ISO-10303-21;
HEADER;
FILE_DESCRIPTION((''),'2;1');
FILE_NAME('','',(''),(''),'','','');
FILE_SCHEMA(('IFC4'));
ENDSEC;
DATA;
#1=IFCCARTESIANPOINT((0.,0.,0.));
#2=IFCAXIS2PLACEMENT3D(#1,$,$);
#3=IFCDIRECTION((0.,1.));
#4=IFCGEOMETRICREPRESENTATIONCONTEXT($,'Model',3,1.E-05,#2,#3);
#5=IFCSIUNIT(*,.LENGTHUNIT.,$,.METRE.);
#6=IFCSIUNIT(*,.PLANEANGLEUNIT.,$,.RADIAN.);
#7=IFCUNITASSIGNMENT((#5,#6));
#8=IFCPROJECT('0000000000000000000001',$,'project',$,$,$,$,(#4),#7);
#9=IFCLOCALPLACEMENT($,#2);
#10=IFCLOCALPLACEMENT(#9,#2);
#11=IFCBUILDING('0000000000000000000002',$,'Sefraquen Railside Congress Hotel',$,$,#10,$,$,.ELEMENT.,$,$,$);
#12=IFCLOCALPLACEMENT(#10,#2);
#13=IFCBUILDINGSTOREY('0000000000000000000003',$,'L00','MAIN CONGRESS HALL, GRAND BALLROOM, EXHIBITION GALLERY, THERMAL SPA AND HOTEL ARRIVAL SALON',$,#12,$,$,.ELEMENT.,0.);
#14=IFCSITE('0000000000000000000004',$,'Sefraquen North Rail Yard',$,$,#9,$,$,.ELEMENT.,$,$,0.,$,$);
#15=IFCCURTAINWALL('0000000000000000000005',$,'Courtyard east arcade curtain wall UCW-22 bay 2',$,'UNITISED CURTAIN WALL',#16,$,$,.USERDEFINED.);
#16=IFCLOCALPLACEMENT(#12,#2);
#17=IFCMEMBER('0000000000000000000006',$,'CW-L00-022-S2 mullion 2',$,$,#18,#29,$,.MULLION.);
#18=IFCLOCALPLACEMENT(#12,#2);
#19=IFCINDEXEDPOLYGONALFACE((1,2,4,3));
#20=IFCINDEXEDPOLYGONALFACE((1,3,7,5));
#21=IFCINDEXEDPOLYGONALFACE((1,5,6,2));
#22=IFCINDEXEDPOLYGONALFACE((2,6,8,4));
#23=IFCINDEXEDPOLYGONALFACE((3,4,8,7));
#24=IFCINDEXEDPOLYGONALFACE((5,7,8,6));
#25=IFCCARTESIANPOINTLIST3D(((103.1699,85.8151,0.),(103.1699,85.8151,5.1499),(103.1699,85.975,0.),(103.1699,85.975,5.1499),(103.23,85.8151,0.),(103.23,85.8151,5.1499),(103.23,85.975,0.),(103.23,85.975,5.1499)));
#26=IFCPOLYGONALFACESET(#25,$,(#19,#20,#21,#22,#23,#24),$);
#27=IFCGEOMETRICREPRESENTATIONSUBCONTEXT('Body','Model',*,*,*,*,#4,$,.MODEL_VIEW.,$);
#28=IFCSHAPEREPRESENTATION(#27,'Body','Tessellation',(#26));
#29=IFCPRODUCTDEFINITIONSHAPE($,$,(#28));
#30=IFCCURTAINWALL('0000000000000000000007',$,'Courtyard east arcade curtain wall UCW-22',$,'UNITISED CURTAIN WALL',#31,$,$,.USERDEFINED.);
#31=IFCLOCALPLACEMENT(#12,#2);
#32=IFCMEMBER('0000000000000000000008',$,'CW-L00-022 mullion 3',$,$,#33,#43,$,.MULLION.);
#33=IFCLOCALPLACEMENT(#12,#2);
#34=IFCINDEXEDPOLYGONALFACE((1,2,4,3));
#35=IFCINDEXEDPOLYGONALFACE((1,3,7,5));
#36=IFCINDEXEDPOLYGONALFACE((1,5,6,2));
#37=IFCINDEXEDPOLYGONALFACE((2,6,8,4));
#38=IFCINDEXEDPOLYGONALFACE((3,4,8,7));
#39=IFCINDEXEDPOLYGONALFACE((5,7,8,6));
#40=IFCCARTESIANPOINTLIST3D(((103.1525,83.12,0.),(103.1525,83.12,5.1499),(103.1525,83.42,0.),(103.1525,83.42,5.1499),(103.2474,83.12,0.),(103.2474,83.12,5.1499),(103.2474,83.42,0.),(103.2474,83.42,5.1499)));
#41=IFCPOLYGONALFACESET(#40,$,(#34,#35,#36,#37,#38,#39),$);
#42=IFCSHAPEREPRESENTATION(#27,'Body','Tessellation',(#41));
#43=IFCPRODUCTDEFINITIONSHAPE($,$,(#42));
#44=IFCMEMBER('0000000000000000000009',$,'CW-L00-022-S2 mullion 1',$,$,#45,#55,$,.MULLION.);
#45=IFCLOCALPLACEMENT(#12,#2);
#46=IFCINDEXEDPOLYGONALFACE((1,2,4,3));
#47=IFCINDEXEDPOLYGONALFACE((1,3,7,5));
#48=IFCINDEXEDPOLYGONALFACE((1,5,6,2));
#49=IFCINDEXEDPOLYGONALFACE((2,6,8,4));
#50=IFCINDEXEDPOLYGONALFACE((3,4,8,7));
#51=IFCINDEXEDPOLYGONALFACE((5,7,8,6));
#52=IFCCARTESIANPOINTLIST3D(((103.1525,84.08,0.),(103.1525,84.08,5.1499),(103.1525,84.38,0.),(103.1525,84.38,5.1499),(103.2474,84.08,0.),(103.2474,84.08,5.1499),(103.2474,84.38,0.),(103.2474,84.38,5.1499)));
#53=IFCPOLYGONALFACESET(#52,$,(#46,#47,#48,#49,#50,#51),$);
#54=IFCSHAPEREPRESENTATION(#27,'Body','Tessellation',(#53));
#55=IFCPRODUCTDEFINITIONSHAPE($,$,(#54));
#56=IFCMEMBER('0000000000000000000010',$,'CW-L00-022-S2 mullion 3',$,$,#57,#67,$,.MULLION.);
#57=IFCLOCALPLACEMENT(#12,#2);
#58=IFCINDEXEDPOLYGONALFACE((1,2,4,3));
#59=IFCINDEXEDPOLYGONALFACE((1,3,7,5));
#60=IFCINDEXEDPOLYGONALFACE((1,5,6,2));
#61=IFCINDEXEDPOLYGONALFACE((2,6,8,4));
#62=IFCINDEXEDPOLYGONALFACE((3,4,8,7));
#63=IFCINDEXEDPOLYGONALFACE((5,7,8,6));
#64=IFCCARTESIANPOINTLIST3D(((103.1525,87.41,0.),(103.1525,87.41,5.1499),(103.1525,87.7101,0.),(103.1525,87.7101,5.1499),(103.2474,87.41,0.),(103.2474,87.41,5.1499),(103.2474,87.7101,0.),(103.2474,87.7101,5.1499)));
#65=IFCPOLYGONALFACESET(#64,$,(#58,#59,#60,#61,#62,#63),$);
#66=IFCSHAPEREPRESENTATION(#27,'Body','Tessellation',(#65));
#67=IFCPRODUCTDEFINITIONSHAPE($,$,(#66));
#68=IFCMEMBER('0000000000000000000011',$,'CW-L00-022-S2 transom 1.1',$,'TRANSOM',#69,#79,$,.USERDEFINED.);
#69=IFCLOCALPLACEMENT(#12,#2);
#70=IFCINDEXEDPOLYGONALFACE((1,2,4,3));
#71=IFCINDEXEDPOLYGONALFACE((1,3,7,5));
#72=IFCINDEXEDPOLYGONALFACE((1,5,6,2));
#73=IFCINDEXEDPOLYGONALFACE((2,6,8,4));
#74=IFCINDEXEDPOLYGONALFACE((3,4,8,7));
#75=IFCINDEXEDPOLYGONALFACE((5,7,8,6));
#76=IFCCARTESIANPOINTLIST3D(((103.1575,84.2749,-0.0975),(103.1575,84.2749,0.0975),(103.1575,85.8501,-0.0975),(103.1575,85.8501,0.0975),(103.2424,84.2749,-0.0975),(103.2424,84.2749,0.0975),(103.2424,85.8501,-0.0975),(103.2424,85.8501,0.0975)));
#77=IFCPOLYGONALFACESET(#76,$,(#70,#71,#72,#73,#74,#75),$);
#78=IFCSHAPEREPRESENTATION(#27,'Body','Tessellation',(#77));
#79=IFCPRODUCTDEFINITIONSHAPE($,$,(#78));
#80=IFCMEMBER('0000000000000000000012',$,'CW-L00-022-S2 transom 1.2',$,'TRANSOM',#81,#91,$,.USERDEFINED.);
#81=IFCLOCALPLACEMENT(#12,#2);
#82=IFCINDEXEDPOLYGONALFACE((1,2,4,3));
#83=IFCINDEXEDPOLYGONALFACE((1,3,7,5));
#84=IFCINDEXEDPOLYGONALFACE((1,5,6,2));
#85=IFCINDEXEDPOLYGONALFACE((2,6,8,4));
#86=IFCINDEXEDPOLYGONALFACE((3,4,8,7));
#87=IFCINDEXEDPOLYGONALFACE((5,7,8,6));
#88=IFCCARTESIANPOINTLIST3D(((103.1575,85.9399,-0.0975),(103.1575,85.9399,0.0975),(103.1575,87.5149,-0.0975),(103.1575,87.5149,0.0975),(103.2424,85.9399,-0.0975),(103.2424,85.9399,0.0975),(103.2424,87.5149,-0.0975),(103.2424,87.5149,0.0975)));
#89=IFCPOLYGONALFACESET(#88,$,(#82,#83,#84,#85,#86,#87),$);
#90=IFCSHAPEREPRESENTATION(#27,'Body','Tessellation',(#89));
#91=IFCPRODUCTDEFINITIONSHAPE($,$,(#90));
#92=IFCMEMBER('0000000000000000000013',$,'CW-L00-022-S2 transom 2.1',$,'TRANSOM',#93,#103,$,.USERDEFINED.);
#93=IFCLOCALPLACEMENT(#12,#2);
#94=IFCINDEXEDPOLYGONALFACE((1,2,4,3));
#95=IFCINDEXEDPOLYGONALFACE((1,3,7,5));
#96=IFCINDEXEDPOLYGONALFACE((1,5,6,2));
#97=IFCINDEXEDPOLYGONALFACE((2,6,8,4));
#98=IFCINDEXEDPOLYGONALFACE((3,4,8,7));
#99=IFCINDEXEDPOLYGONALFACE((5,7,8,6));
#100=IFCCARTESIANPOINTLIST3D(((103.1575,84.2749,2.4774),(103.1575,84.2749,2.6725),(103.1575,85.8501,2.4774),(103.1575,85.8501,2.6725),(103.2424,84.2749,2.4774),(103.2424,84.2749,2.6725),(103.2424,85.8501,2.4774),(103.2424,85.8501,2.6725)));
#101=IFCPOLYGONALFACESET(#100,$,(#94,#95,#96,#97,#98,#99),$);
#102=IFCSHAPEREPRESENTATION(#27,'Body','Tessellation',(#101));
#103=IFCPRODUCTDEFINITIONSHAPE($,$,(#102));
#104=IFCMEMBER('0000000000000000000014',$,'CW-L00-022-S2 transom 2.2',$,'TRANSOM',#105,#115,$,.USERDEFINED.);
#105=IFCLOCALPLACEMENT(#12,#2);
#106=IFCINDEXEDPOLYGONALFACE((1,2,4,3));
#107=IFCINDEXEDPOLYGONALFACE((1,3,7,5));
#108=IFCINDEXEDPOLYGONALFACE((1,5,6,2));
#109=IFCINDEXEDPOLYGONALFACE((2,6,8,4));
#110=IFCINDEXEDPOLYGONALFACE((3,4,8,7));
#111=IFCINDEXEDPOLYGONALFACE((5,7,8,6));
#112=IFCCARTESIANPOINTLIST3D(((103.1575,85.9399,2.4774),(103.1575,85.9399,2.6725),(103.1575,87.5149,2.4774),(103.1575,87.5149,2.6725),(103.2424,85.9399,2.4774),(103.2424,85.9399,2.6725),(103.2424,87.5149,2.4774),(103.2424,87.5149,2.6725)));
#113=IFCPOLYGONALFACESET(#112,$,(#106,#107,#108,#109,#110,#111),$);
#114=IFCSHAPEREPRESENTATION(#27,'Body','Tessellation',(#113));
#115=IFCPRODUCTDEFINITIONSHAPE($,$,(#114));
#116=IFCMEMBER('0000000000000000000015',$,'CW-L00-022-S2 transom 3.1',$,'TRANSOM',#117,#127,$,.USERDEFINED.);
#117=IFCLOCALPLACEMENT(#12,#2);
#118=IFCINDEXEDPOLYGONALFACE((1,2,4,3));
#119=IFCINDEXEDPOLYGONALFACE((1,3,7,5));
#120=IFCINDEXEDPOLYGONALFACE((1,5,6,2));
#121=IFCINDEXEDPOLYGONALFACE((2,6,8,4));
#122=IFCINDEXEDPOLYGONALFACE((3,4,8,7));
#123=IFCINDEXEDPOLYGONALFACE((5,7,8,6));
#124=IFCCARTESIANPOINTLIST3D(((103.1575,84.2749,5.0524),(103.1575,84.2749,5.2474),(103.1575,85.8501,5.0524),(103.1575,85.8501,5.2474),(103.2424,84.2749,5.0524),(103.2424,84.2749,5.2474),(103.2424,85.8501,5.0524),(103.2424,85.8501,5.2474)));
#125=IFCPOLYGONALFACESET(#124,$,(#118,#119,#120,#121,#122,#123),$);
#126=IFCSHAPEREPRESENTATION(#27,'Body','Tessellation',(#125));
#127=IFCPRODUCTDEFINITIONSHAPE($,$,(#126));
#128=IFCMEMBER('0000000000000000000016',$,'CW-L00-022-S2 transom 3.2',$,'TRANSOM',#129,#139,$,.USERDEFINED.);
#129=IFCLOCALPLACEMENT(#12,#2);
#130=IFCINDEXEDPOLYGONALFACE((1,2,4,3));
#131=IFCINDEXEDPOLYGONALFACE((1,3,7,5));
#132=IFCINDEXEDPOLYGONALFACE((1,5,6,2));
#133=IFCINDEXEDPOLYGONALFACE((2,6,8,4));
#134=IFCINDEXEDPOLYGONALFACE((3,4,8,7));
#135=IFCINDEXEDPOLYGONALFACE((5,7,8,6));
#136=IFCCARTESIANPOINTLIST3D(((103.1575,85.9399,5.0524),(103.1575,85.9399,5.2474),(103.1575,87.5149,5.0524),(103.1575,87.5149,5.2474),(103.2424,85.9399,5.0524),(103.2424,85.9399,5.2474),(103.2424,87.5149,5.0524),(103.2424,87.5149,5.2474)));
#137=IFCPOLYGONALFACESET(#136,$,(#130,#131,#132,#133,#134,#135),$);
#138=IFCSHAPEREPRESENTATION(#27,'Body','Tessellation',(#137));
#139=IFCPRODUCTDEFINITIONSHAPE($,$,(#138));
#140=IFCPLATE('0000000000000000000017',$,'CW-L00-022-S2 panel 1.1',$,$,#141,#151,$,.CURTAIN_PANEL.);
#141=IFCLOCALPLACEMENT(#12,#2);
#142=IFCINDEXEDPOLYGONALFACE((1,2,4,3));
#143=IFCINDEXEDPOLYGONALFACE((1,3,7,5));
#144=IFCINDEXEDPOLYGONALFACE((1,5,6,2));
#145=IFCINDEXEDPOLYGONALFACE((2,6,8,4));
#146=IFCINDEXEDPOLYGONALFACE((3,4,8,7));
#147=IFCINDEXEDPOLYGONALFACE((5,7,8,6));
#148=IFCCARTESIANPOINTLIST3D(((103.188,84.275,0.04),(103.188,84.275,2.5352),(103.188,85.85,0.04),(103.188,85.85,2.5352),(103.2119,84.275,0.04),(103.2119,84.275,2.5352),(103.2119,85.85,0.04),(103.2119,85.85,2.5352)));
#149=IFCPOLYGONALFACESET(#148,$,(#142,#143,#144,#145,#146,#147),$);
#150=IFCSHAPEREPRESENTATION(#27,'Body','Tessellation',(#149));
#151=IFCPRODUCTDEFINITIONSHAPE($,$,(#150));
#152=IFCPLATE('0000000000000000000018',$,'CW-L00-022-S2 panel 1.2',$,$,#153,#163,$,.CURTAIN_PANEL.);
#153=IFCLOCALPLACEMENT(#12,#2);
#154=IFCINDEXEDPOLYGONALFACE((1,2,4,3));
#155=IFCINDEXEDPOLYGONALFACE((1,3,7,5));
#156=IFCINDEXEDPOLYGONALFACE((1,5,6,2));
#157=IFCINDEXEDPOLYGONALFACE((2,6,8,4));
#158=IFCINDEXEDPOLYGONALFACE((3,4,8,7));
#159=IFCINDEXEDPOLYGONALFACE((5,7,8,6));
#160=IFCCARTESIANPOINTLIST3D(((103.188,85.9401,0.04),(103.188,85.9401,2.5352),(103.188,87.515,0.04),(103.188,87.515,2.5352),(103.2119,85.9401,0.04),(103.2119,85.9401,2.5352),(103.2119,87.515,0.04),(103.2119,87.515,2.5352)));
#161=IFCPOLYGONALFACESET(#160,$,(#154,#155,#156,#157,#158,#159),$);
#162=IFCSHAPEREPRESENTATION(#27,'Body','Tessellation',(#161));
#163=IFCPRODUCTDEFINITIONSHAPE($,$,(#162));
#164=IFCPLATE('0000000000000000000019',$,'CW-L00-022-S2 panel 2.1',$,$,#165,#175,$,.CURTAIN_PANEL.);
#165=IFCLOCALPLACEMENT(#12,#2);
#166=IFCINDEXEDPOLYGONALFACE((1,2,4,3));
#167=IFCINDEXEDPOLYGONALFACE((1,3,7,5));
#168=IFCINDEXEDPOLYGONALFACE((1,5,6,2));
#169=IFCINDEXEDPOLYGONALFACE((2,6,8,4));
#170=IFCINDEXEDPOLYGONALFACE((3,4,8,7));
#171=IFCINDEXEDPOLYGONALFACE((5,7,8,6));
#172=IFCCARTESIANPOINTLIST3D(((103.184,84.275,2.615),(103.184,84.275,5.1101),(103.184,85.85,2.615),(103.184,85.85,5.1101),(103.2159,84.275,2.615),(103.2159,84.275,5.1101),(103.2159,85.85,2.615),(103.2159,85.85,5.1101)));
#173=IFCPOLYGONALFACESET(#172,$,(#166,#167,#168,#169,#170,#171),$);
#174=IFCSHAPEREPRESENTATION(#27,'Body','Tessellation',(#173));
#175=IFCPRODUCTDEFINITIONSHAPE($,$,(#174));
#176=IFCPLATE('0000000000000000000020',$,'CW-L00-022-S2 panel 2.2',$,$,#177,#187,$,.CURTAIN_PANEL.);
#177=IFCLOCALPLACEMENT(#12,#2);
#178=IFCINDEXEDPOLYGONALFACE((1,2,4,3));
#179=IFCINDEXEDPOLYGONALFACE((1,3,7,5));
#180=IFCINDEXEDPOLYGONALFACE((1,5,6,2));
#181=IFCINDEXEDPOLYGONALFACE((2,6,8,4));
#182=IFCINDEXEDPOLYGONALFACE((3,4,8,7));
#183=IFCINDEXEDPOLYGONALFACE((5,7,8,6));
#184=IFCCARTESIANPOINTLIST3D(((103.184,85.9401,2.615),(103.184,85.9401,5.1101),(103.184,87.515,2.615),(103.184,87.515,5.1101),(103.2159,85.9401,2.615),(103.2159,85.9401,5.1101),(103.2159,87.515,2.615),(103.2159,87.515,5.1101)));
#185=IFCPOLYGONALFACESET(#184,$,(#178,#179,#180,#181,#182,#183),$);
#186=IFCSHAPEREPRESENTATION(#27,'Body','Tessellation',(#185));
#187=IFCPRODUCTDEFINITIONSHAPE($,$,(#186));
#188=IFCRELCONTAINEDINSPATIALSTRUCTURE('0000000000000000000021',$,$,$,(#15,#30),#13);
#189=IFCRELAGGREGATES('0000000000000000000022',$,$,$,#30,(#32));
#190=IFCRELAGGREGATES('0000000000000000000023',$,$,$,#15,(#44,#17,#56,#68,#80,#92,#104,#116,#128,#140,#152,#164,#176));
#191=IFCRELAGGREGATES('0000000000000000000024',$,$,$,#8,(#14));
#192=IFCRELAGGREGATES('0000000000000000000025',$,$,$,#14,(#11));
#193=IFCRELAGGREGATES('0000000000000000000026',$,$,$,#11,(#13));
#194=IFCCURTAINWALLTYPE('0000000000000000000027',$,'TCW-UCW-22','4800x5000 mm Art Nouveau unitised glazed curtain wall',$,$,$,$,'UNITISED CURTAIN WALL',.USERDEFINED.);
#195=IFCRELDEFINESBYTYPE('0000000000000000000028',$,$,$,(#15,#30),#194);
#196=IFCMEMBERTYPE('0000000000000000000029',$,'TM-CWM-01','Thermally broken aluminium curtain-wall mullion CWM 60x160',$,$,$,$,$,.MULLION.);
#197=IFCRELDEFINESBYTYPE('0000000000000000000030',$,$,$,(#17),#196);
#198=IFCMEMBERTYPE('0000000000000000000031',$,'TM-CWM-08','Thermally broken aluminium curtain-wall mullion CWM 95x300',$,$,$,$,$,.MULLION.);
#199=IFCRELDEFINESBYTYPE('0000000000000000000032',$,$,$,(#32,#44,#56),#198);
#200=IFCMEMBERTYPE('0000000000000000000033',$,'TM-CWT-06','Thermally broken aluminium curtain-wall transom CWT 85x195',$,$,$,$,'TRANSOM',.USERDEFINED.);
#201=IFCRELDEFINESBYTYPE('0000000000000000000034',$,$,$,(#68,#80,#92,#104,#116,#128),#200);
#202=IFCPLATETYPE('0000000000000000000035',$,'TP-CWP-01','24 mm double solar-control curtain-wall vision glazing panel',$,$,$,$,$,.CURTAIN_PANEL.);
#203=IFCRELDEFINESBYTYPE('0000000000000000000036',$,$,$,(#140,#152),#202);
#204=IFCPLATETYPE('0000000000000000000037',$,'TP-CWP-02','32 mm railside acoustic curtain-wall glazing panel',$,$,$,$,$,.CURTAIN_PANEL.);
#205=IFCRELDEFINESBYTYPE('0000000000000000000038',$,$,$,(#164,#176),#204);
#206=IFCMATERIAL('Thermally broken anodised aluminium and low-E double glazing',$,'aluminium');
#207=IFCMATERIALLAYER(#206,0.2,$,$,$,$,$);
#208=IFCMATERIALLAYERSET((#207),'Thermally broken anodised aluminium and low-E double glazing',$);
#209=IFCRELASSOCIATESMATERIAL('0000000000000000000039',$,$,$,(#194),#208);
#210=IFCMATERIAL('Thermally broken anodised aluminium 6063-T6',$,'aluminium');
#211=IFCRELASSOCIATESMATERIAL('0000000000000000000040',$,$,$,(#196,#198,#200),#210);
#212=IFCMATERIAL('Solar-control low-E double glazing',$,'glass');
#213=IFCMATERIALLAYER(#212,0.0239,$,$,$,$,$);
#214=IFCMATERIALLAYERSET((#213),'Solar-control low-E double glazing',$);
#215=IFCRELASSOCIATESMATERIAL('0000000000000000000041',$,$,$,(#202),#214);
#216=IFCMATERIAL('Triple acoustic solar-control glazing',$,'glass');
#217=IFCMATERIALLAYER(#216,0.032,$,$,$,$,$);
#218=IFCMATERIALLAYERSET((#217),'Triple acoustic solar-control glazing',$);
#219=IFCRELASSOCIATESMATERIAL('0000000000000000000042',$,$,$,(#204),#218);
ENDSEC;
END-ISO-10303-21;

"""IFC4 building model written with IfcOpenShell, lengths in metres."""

from ifc_helpers import new_model, si_unit, direction, frame, origin, origin_2d, place, context, subcontext, project, spatial, rectangle, extrude, material, layer, layer_set, material_profile, profile_set, type_object, element, aggregate, save


model = new_model("IFC4")

# Units and contexts
model_context = context("Model", 3, precision=1e-05, world=origin(), true_north=direction((0.0, 1.0)))
body_context = subcontext(model_context, "Body", "Model", "MODEL_VIEW")
ifc_project = project(units=[si_unit("LENGTHUNIT", "METRE"), si_unit("PLANEANGLEUNIT", "RADIAN")], contexts=[model_context])

# Site, building, storey
site_placement = place(None, origin())
site = spatial("IfcSite", under=ifc_project, at=site_placement, Name="Sefraquen North Rail Yard", CompositionType="ELEMENT", RefElevation=0.0)
building_placement = place(site_placement, origin())
building = spatial("IfcBuilding", under=site, at=building_placement, Name="Sefraquen Railside Congress Hotel", CompositionType="ELEMENT")
storey_placement = place(building_placement, origin())
storey = spatial("IfcBuildingStorey", under=building, at=storey_placement, Name="L00", Description="MAIN CONGRESS HALL, GRAND BALLROOM, EXHIBITION GALLERY, THERMAL SPA AND HOTEL ARRIVAL SALON", CompositionType="ELEMENT", Elevation=0.0)

# Curtain walls, members
ifc_material_1 = material(Name="Thermally broken anodised aluminium and low-E double glazing", Category="aluminium")
ifc_layer_1 = layer(ifc_material_1, 0.2)
ifc_layer_set_1 = layer_set([ifc_layer_1], Name="Thermally broken anodised aluminium and low-E double glazing")
curtain_wall_type = type_object("IfcCurtainWallType", Name="TCW-UCW-22", Description="4800x5000 mm Art Nouveau unitised glazed curtain wall", ElementType="UNITISED CURTAIN WALL", PredefinedType="USERDEFINED", material=ifc_layer_set_1)
curtain_wall_1_placement = place(storey_placement, origin())
curtain_wall_1 = element("IfcCurtainWall", 1, at=curtain_wall_1_placement, inside=storey, type_object=curtain_wall_type, Name="Courtyard east arcade curtain wall UCW-22 bay 2", ObjectType="UNITISED CURTAIN WALL", PredefinedType="USERDEFINED")
ifc_material_2 = material(Name="Thermally broken anodised aluminium 6063-T6", Category="aluminium")
ifc_material_profile_1 = material_profile(ifc_material_2, rectangle(XDim=0.0601, YDim=0.1599, at=origin_2d()), Name="CWM 60x160")
ifc_profile_set_1 = profile_set([ifc_material_profile_1], Name="Thermally broken anodised aluminium 6063-T6")
member_type_1 = type_object("IfcMemberType", Name="TM-CWM-01", Description="Thermally broken aluminium curtain-wall mullion CWM 60x160", PredefinedType="MULLION", material=ifc_profile_set_1)
member_1_placement = place(storey_placement, frame((103.2, 85.895, 0.0), z_axis=(0.0, 0.0, 1.0), x_axis=(1.0, 0.0, 0.0)))
member_1 = element("IfcMember", 2, at=member_1_placement, type_object=member_type_1, Name="CW-L00-022-S2 mullion 2", PredefinedType="MULLION", context=body_context, shape_type="SweptSolid", body=[
    extrude(rectangle(XDim=0.0601, YDim=0.1599, at=origin_2d()), origin(), (0.0, 0.0, 1.0), 5.1499),
])
curtain_wall_2_placement = place(storey_placement, origin())
curtain_wall_2 = element("IfcCurtainWall", 3, at=curtain_wall_2_placement, inside=storey, type_object=curtain_wall_type, Name="Courtyard east arcade curtain wall UCW-22", ObjectType="UNITISED CURTAIN WALL", PredefinedType="USERDEFINED")
ifc_material_profile_2 = material_profile(ifc_material_2, rectangle(XDim=0.095, YDim=0.3, at=origin_2d()), Name="CWM 95x300")
ifc_profile_set_2 = profile_set([ifc_material_profile_2], Name="Thermally broken anodised aluminium 6063-T6")
member_type_2 = type_object("IfcMemberType", Name="TM-CWM-08", Description="Thermally broken aluminium curtain-wall mullion CWM 95x300", PredefinedType="MULLION", material=ifc_profile_set_2)
member_2_placement = place(storey_placement, frame((103.2, 83.27, 0.0), z_axis=(0.0, 0.0, 1.0), x_axis=(1.0, 0.0, 0.0)))
member_2 = element("IfcMember", 4, at=member_2_placement, type_object=member_type_2, Name="CW-L00-022 mullion 3", PredefinedType="MULLION", context=body_context, shape_type="SweptSolid", body=[
    extrude(rectangle(XDim=0.095, YDim=0.3, at=origin_2d()), origin(), (0.0, 0.0, 1.0), 5.1499),
])
aggregate(curtain_wall_2, [member_2])

# Members
member_3_placement = place(storey_placement, frame((103.2, 84.23, 0.0), z_axis=(0.0, 0.0, 1.0), x_axis=(1.0, 0.0, 0.0)))
member_3 = element("IfcMember", 5, at=member_3_placement, type_object=member_type_2, Name="CW-L00-022-S2 mullion 1", PredefinedType="MULLION", context=body_context, shape_type="SweptSolid", body=[
    extrude(rectangle(XDim=0.095, YDim=0.3, at=origin_2d()), origin(), (0.0, 0.0, 1.0), 5.1499),
])
member_4_placement = place(storey_placement, frame((103.2, 87.5601, 0.0), z_axis=(0.0, 0.0, 1.0), x_axis=(1.0, 0.0, 0.0)))
member_4 = element("IfcMember", 6, at=member_4_placement, type_object=member_type_2, Name="CW-L00-022-S2 mullion 3", PredefinedType="MULLION", context=body_context, shape_type="SweptSolid", body=[
    extrude(rectangle(XDim=0.095, YDim=0.3, at=origin_2d()), origin(), (0.0, 0.0, 1.0), 5.1499),
])
ifc_material_profile_3 = material_profile(ifc_material_2, rectangle(XDim=0.085, YDim=0.1951, at=origin_2d()), Name="CWT 85x195")
ifc_profile_set_3 = profile_set([ifc_material_profile_3], Name="Thermally broken anodised aluminium 6063-T6")
member_type_3 = type_object("IfcMemberType", Name="TM-CWT-06", Description="Thermally broken aluminium curtain-wall transom CWT 85x195", ElementType="TRANSOM", PredefinedType="USERDEFINED", material=ifc_profile_set_3)
member_5_placement = place(storey_placement, frame((103.2, 84.2749, 0.0), z_axis=(0.0, 1.0, 0.0), x_axis=(-1.0, 0.0, 0.0)))
member_5 = element("IfcMember", 7, at=member_5_placement, type_object=member_type_3, Name="CW-L00-022-S2 transom 1.1", ObjectType="TRANSOM", PredefinedType="USERDEFINED", context=body_context, shape_type="SweptSolid", body=[
    extrude(rectangle(XDim=0.085, YDim=0.1951, at=origin_2d()), origin(), (0.0, 0.0, 1.0), 1.5752),
])
member_6_placement = place(storey_placement, frame((103.2, 85.9399, 0.0), z_axis=(0.0, 1.0, 0.0), x_axis=(-1.0, 0.0, 0.0)))
member_6 = element("IfcMember", 8, at=member_6_placement, type_object=member_type_3, Name="CW-L00-022-S2 transom 1.2", ObjectType="TRANSOM", PredefinedType="USERDEFINED", context=body_context, shape_type="SweptSolid", body=[
    extrude(rectangle(XDim=0.085, YDim=0.1951, at=origin_2d()), origin(), (0.0, 0.0, 1.0), 1.575),
])
member_7_placement = place(storey_placement, frame((103.2, 84.2749, 2.575), z_axis=(0.0, 1.0, 0.0), x_axis=(-1.0, 0.0, 0.0)))
member_7 = element("IfcMember", 9, at=member_7_placement, type_object=member_type_3, Name="CW-L00-022-S2 transom 2.1", ObjectType="TRANSOM", PredefinedType="USERDEFINED", context=body_context, shape_type="SweptSolid", body=[
    extrude(rectangle(XDim=0.085, YDim=0.1951, at=origin_2d()), origin(), (0.0, 0.0, 1.0), 1.5752),
])
member_8_placement = place(storey_placement, frame((103.2, 85.9399, 2.575), z_axis=(0.0, 1.0, 0.0), x_axis=(-1.0, 0.0, 0.0)))
member_8 = element("IfcMember", 10, at=member_8_placement, type_object=member_type_3, Name="CW-L00-022-S2 transom 2.2", ObjectType="TRANSOM", PredefinedType="USERDEFINED", context=body_context, shape_type="SweptSolid", body=[
    extrude(rectangle(XDim=0.085, YDim=0.1951, at=origin_2d()), origin(), (0.0, 0.0, 1.0), 1.575),
])
member_9_placement = place(storey_placement, frame((103.2, 84.2749, 5.1499), z_axis=(0.0, 1.0, 0.0), x_axis=(-1.0, 0.0, 0.0)))
member_9 = element("IfcMember", 11, at=member_9_placement, type_object=member_type_3, Name="CW-L00-022-S2 transom 3.1", ObjectType="TRANSOM", PredefinedType="USERDEFINED", context=body_context, shape_type="SweptSolid", body=[
    extrude(rectangle(XDim=0.085, YDim=0.1951, at=origin_2d()), origin(), (0.0, 0.0, 1.0), 1.5752),
])
member_10_placement = place(storey_placement, frame((103.2, 85.9399, 5.1499), z_axis=(0.0, 1.0, 0.0), x_axis=(-1.0, 0.0, 0.0)))
member_10 = element("IfcMember", 12, at=member_10_placement, type_object=member_type_3, Name="CW-L00-022-S2 transom 3.2", ObjectType="TRANSOM", PredefinedType="USERDEFINED", context=body_context, shape_type="SweptSolid", body=[
    extrude(rectangle(XDim=0.085, YDim=0.1951, at=origin_2d()), origin(), (0.0, 0.0, 1.0), 1.575),
])

# Plates
ifc_material_3 = material(Name="Solar-control low-E double glazing", Category="glass")
ifc_layer_2 = layer(ifc_material_3, 0.0239)
ifc_layer_set_2 = layer_set([ifc_layer_2], Name="Solar-control low-E double glazing")
plate_type_1 = type_object("IfcPlateType", Name="TP-CWP-01", Description="24 mm double solar-control curtain-wall vision glazing panel", PredefinedType="CURTAIN_PANEL", material=ifc_layer_set_2)
plate_1_placement = place(storey_placement, frame((103.2, 85.0625, 0.04), z_axis=(0.0, 0.0, 1.0), x_axis=(0.0, 1.0, 0.0)))
plate_1 = element("IfcPlate", 13, at=plate_1_placement, type_object=plate_type_1, Name="CW-L00-022-S2 panel 1.1", PredefinedType="CURTAIN_PANEL", context=body_context, shape_type="SweptSolid", body=[
    extrude(rectangle(XDim=1.575, YDim=0.0239, at=origin_2d()), origin(), (0.0, 0.0, 1.0), 2.4951),
])
plate_2_placement = place(storey_placement, frame((103.2, 86.7275, 0.04), z_axis=(0.0, 0.0, 1.0), x_axis=(0.0, 1.0, 0.0)))
plate_2 = element("IfcPlate", 14, at=plate_2_placement, type_object=plate_type_1, Name="CW-L00-022-S2 panel 1.2", PredefinedType="CURTAIN_PANEL", context=body_context, shape_type="SweptSolid", body=[
    extrude(rectangle(XDim=1.575, YDim=0.0239, at=origin_2d()), origin(), (0.0, 0.0, 1.0), 2.4951),
])
ifc_material_4 = material(Name="Triple acoustic solar-control glazing", Category="glass")
ifc_layer_3 = layer(ifc_material_4, 0.032)
ifc_layer_set_3 = layer_set([ifc_layer_3], Name="Triple acoustic solar-control glazing")
plate_type_2 = type_object("IfcPlateType", Name="TP-CWP-02", Description="32 mm railside acoustic curtain-wall glazing panel", PredefinedType="CURTAIN_PANEL", material=ifc_layer_set_3)
plate_3_placement = place(storey_placement, frame((103.2, 85.0625, 2.615), z_axis=(0.0, 0.0, 1.0), x_axis=(0.0, 1.0, 0.0)))
plate_3 = element("IfcPlate", 15, at=plate_3_placement, type_object=plate_type_2, Name="CW-L00-022-S2 panel 2.1", PredefinedType="CURTAIN_PANEL", context=body_context, shape_type="SweptSolid", body=[
    extrude(rectangle(XDim=1.575, YDim=0.032, at=origin_2d()), origin(), (0.0, 0.0, 1.0), 2.4951),
])
plate_4_placement = place(storey_placement, frame((103.2, 86.7275, 2.615), z_axis=(0.0, 0.0, 1.0), x_axis=(0.0, 1.0, 0.0)))
plate_4 = element("IfcPlate", 16, at=plate_4_placement, type_object=plate_type_2, Name="CW-L00-022-S2 panel 2.2", PredefinedType="CURTAIN_PANEL", context=body_context, shape_type="SweptSolid", body=[
    extrude(rectangle(XDim=1.575, YDim=0.032, at=origin_2d()), origin(), (0.0, 0.0, 1.0), 2.4951),
])
aggregate(curtain_wall_1, [member_3, member_1, member_4, member_5, member_6, member_7, member_8, member_9, member_10, plate_1, plate_2, plate_3, plate_4])

save(model, "model.ifc")
